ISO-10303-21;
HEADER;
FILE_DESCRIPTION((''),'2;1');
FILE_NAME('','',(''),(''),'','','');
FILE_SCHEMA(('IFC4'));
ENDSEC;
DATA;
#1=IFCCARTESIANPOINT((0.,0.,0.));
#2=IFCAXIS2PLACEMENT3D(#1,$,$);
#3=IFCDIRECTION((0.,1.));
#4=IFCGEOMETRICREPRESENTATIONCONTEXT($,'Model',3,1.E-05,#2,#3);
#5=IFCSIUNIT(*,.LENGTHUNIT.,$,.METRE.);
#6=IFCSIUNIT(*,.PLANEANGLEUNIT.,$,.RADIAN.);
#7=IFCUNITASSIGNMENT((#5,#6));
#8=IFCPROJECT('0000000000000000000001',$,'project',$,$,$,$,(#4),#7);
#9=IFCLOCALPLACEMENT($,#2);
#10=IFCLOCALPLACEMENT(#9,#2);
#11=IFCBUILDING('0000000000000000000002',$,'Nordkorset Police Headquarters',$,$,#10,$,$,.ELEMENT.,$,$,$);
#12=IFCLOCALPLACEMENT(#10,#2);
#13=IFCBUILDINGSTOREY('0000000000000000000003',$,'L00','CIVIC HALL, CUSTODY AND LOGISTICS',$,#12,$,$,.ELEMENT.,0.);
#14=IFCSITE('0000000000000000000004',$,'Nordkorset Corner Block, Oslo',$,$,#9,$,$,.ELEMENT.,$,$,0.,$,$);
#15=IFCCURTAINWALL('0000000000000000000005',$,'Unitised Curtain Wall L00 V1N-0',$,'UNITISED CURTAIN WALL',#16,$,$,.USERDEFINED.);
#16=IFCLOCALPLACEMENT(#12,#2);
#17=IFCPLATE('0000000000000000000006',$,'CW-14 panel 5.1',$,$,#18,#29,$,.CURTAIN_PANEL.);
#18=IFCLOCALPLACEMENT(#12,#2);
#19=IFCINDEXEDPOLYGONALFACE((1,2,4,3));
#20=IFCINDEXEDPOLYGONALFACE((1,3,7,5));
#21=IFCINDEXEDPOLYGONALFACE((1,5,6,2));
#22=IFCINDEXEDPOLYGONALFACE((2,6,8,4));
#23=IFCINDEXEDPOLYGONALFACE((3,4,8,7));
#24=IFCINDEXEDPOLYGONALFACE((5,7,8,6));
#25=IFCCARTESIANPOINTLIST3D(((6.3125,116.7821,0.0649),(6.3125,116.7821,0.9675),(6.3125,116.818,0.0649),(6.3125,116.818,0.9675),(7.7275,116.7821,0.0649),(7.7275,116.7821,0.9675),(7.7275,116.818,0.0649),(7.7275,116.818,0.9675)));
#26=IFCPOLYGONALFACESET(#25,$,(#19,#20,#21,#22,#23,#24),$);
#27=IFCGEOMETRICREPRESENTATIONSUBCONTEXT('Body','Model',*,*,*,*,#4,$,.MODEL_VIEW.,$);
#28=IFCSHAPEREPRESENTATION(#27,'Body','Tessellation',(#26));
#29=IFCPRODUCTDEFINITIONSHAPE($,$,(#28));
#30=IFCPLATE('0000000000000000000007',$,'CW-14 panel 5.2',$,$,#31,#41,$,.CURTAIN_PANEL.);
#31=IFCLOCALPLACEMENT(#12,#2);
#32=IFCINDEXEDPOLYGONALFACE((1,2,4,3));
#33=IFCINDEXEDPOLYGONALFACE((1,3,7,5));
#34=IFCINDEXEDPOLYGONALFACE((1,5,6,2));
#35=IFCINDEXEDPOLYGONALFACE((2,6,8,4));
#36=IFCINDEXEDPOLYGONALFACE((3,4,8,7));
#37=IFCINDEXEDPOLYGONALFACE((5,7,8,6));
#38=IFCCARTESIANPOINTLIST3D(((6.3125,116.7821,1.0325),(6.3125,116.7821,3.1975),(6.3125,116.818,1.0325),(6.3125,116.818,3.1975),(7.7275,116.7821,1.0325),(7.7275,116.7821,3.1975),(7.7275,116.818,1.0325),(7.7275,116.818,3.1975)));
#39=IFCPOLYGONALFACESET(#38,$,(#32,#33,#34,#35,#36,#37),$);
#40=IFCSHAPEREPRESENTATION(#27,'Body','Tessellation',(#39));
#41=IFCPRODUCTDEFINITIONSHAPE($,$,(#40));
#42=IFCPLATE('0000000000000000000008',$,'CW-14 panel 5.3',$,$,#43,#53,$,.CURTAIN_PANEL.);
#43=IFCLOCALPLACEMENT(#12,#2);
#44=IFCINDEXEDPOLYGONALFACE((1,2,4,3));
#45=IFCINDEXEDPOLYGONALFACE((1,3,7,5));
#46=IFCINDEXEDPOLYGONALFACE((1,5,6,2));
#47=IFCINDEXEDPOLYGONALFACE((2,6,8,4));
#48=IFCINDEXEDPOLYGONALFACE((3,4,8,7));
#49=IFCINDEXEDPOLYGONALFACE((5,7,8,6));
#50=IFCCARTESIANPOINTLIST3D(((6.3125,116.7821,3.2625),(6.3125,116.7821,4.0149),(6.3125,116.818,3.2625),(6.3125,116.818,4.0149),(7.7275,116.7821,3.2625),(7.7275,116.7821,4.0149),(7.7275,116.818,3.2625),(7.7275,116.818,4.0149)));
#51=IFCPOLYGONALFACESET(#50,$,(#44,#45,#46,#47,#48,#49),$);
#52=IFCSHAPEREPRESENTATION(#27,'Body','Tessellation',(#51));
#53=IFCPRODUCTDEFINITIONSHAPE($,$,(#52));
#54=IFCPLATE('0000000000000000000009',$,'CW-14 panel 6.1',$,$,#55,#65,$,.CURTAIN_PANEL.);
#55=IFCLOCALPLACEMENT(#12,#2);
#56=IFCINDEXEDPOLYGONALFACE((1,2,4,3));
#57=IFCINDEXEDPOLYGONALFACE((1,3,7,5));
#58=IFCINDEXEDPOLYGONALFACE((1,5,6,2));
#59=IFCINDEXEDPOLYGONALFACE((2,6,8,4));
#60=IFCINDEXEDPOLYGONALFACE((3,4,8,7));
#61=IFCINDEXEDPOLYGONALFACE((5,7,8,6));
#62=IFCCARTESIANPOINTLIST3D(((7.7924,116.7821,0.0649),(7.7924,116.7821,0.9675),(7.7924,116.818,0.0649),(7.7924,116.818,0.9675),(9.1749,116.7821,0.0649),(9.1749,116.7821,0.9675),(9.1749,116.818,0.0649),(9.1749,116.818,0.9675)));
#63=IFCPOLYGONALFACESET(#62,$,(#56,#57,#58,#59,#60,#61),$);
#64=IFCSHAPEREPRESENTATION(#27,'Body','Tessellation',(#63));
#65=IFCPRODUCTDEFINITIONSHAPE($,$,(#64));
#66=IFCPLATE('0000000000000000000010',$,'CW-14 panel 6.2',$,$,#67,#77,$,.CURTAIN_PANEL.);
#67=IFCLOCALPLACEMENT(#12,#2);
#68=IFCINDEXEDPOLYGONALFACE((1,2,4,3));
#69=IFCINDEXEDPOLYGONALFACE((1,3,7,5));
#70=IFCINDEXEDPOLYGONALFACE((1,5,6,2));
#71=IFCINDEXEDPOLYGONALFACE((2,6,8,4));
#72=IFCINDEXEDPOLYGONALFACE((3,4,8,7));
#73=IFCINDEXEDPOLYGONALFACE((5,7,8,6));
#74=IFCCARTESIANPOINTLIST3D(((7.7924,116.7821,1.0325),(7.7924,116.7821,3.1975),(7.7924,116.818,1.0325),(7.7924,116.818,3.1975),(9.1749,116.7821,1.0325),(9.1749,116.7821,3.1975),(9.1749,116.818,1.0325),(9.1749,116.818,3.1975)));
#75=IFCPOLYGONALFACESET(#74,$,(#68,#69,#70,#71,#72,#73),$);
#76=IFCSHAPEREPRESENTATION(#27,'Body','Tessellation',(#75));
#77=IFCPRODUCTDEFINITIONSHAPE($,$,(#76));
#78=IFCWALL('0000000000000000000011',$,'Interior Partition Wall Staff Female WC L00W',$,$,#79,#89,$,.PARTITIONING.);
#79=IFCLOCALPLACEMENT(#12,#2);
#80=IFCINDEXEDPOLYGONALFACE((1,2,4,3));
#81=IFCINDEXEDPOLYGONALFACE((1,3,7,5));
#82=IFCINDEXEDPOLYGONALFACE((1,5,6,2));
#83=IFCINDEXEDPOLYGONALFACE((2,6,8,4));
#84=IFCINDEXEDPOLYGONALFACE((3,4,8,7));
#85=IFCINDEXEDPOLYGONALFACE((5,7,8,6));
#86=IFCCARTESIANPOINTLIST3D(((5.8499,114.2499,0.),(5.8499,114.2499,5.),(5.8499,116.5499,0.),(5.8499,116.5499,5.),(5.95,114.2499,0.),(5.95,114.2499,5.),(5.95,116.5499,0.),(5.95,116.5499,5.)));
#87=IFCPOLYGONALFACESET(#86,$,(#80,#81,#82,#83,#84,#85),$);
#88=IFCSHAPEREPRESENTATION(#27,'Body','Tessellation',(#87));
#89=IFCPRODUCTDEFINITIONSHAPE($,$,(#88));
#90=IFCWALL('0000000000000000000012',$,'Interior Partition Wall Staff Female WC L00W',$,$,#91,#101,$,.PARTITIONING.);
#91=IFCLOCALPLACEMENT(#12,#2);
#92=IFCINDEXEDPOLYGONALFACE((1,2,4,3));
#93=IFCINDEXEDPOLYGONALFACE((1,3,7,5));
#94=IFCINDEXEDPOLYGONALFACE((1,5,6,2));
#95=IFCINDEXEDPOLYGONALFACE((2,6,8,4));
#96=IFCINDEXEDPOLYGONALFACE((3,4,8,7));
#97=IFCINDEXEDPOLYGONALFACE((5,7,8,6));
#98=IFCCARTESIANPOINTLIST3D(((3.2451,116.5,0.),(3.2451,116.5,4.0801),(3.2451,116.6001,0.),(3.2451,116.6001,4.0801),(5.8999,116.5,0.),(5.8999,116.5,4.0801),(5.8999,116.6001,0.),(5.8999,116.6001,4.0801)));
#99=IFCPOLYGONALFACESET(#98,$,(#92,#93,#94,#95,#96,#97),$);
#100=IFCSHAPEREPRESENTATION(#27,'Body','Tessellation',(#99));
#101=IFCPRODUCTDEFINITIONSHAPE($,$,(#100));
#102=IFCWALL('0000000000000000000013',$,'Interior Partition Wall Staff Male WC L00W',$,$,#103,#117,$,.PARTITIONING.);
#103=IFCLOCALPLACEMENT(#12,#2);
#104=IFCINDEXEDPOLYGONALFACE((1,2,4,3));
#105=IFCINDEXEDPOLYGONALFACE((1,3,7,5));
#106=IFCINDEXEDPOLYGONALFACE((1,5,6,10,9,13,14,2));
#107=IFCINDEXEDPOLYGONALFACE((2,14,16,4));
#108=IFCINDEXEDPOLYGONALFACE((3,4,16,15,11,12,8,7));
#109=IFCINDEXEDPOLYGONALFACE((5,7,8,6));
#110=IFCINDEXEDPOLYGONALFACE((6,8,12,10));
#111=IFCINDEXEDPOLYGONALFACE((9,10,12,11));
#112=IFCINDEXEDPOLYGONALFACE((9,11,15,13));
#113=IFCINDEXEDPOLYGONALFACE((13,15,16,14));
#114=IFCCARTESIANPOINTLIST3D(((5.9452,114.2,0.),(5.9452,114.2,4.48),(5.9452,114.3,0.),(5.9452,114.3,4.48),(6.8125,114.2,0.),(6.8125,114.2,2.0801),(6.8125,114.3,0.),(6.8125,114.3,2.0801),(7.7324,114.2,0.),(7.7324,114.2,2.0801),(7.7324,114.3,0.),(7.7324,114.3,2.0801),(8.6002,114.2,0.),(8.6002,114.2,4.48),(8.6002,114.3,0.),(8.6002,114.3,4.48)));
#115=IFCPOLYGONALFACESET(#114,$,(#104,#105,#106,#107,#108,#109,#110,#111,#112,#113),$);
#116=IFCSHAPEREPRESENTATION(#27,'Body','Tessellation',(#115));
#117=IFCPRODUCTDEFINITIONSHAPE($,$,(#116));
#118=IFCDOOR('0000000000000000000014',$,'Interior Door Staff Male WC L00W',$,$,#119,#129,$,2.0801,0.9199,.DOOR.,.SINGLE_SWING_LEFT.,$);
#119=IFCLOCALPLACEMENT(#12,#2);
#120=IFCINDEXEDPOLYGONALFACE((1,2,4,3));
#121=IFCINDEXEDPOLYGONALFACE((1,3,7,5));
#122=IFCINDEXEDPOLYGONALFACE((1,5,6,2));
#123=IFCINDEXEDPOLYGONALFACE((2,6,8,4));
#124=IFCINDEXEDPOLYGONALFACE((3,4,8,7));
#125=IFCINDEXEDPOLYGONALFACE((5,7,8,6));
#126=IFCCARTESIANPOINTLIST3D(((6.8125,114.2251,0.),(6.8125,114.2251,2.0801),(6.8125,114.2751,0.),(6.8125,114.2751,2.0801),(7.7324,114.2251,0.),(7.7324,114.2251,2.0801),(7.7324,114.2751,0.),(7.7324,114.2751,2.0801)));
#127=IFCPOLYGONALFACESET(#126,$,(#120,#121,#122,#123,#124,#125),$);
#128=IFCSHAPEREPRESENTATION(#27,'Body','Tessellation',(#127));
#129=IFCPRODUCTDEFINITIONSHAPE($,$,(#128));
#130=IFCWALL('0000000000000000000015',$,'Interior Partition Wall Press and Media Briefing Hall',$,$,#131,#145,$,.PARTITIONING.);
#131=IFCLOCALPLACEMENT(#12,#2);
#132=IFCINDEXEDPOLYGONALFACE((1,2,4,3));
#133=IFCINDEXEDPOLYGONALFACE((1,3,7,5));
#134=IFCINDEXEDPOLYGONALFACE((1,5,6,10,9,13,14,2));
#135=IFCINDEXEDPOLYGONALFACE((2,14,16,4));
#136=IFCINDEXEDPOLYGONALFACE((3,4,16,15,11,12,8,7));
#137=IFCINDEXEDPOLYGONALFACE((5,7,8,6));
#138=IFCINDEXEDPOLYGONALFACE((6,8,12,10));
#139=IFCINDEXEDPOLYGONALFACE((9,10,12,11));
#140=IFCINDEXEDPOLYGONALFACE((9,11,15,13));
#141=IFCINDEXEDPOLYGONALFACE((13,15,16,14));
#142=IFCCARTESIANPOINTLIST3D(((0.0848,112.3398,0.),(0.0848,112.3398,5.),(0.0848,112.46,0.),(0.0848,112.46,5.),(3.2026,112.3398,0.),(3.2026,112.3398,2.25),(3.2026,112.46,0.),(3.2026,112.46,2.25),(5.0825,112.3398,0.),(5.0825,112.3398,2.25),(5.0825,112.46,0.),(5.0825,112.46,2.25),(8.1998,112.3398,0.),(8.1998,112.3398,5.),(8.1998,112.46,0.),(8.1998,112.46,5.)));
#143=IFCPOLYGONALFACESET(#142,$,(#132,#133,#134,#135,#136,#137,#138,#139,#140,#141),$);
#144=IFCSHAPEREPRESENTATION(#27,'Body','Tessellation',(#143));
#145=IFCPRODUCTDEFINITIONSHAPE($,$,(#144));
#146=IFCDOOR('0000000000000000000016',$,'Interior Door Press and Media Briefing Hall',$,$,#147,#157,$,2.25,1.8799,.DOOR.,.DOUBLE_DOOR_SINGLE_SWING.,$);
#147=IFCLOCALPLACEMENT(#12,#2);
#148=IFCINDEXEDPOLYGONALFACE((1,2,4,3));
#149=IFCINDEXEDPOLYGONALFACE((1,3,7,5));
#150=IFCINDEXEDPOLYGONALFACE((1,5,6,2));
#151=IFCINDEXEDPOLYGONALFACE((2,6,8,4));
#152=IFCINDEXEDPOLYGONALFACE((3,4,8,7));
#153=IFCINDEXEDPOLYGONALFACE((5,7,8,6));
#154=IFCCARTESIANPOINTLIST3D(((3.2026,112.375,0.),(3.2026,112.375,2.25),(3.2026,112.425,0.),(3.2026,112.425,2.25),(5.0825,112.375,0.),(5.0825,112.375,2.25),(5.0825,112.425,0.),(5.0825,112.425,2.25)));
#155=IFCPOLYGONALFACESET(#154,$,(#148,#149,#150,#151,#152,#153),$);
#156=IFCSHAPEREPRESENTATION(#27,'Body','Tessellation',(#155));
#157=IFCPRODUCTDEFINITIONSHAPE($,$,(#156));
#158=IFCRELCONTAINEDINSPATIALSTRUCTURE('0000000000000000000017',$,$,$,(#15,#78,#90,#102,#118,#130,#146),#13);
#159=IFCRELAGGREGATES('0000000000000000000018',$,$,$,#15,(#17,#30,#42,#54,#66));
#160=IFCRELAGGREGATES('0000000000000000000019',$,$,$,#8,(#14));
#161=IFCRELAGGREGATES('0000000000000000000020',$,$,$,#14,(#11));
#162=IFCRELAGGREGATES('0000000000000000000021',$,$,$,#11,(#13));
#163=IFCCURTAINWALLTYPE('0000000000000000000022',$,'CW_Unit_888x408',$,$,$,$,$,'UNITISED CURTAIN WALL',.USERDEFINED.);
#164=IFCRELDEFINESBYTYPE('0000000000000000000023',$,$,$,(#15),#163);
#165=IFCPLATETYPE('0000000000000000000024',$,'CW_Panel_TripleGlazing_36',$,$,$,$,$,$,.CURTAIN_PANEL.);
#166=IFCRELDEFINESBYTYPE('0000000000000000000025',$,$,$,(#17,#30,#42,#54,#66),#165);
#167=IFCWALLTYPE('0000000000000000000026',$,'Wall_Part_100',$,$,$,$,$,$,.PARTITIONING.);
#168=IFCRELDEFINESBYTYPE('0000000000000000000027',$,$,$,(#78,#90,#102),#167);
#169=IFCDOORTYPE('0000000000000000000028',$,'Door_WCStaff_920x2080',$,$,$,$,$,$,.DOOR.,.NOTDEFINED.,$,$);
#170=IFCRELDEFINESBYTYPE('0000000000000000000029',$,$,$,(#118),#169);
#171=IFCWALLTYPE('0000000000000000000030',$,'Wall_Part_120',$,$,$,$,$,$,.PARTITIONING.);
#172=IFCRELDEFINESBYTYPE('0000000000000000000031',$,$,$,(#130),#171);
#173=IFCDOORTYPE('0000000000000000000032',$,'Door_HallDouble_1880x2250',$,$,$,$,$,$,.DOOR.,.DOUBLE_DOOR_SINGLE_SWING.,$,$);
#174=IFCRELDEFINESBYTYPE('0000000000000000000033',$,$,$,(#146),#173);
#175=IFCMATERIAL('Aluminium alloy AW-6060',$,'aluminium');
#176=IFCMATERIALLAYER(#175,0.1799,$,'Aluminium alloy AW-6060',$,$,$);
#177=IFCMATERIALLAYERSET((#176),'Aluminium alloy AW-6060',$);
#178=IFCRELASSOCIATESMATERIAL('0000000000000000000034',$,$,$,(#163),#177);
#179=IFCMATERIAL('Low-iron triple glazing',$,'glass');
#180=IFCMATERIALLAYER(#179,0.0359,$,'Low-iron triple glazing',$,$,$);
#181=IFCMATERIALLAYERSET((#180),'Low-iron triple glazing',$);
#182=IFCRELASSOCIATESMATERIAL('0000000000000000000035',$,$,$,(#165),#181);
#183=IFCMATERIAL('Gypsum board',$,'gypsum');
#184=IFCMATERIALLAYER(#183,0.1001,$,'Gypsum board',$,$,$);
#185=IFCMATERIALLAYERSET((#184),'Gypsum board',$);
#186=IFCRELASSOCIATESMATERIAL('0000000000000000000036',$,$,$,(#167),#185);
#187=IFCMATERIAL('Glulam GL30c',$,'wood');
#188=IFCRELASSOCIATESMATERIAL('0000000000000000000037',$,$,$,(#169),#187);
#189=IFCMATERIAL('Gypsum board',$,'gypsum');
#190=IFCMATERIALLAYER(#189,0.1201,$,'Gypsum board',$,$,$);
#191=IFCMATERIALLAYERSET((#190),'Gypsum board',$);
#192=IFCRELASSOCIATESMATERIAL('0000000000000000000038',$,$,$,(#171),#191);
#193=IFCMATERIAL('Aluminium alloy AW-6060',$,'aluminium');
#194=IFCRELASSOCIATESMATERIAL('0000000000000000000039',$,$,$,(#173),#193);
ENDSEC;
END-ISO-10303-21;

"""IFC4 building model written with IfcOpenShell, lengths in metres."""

from ifc_helpers import new_model, si_unit, direction, frame, frame_2d, origin, origin_2d, place, context, subcontext, project, spatial, rectangle, extrude, material, layer, layer_set, type_object, element, fill, aggregate, save


model = new_model("IFC4")

# Units and contexts
model_context = context("Model", 3, precision=1e-05, world=origin(), true_north=direction((0.0, 1.0)))
body_context = subcontext(model_context, "Body", "Model", "MODEL_VIEW")
ifc_project = project(units=[si_unit("LENGTHUNIT", "METRE"), si_unit("PLANEANGLEUNIT", "RADIAN")], contexts=[model_context])

# Site, building, storey
site_placement = place(None, origin())
site = spatial("IfcSite", under=ifc_project, at=site_placement, Name="Nordkorset Corner Block, Oslo", CompositionType="ELEMENT", RefElevation=0.0)
building_placement = place(site_placement, origin())
building = spatial("IfcBuilding", under=site, at=building_placement, Name="Nordkorset Police Headquarters", CompositionType="ELEMENT")
storey_placement = place(building_placement, origin())
storey = spatial("IfcBuildingStorey", under=building, at=storey_placement, Name="L00", Description="CIVIC HALL, CUSTODY AND LOGISTICS", CompositionType="ELEMENT", Elevation=0.0)

# Curtain wall
ifc_material_1 = material(Name="Aluminium alloy AW-6060", Category="aluminium")
ifc_layer_1 = layer(ifc_material_1, 0.1799, Name="Aluminium alloy AW-6060")
ifc_layer_set_1 = layer_set([ifc_layer_1], Name="Aluminium alloy AW-6060")
curtain_wall_type = type_object("IfcCurtainWallType", Name="CW_Unit_888x408", ElementType="UNITISED CURTAIN WALL", PredefinedType="USERDEFINED", material=ifc_layer_set_1)
curtain_wall_placement = place(storey_placement, origin())
curtain_wall = element("IfcCurtainWall", 1, at=curtain_wall_placement, inside=storey, type_object=curtain_wall_type, Name="Unitised Curtain Wall L00 V1N-0", ObjectType="UNITISED CURTAIN WALL", PredefinedType="USERDEFINED")

# Plates
ifc_material_2 = material(Name="Low-iron triple glazing", Category="glass")
ifc_layer_2 = layer(ifc_material_2, 0.0359, Name="Low-iron triple glazing")
ifc_layer_set_2 = layer_set([ifc_layer_2], Name="Low-iron triple glazing")
plate_type = type_object("IfcPlateType", Name="CW_Panel_TripleGlazing_36", PredefinedType="CURTAIN_PANEL", material=ifc_layer_set_2)
plate_1_placement = place(storey_placement, frame((7.02, 116.8, 0.0649), z_axis=(0.0, 0.0, 1.0), x_axis=(1.0, 0.0, 0.0)))
plate_1 = element("IfcPlate", 2, at=plate_1_placement, type_object=plate_type, Name="CW-14 panel 5.1", PredefinedType="CURTAIN_PANEL", context=body_context, shape_type="SweptSolid", body=[
    extrude(rectangle(XDim=1.415, YDim=0.0359, at=origin_2d()), origin(), (0.0, 0.0, 1.0), 0.9026),
])
plate_2_placement = place(storey_placement, frame((7.02, 116.8, 1.0325), z_axis=(0.0, 0.0, 1.0), x_axis=(1.0, 0.0, 0.0)))
plate_2 = element("IfcPlate", 3, at=plate_2_placement, type_object=plate_type, Name="CW-14 panel 5.2", PredefinedType="CURTAIN_PANEL", context=body_context, shape_type="SweptSolid", body=[
    extrude(rectangle(XDim=1.415, YDim=0.0359, at=origin_2d()), origin(), (0.0, 0.0, 1.0), 2.165),
])
plate_3_placement = place(storey_placement, frame((7.02, 116.8, 3.2625), z_axis=(0.0, 0.0, 1.0), x_axis=(1.0, 0.0, 0.0)))
plate_3 = element("IfcPlate", 4, at=plate_3_placement, type_object=plate_type, Name="CW-14 panel 5.3", PredefinedType="CURTAIN_PANEL", context=body_context, shape_type="SweptSolid", body=[
    extrude(rectangle(XDim=1.415, YDim=0.0359, at=origin_2d()), origin(), (0.0, 0.0, 1.0), 0.7524),
])
plate_4_placement = place(storey_placement, frame((8.4836, 116.8, 0.0649), z_axis=(0.0, 0.0, 1.0), x_axis=(1.0, 0.0, 0.0)))
plate_4 = element("IfcPlate", 5, at=plate_4_placement, type_object=plate_type, Name="CW-14 panel 6.1", PredefinedType="CURTAIN_PANEL", context=body_context, shape_type="SweptSolid", body=[
    extrude(rectangle(XDim=1.3826, YDim=0.0359, at=origin_2d()), origin(), (0.0, 0.0, 1.0), 0.9026),
])
plate_5_placement = place(storey_placement, frame((8.4836, 116.8, 1.0325), z_axis=(0.0, 0.0, 1.0), x_axis=(1.0, 0.0, 0.0)))
plate_5 = element("IfcPlate", 6, at=plate_5_placement, type_object=plate_type, Name="CW-14 panel 6.2", PredefinedType="CURTAIN_PANEL", context=body_context, shape_type="SweptSolid", body=[
    extrude(rectangle(XDim=1.3826, YDim=0.0359, at=origin_2d()), origin(), (0.0, 0.0, 1.0), 2.165),
])
aggregate(curtain_wall, [plate_1, plate_2, plate_3, plate_4, plate_5])

# Walls
ifc_material_3 = material(Name="Gypsum board", Category="gypsum")
ifc_layer_3 = layer(ifc_material_3, 0.1001, Name="Gypsum board")
ifc_layer_set_3 = layer_set([ifc_layer_3], Name="Gypsum board")
wall_type_1 = type_object("IfcWallType", Name="Wall_Part_100", PredefinedType="PARTITIONING", material=ifc_layer_set_3)
wall_1_placement = place(storey_placement, frame((5.8999, 114.25, 0.0), z_axis=(0.0, 0.0, 1.0), x_axis=(0.0, 1.0, 0.0)))
element("IfcWall", 7, at=wall_1_placement, inside=storey, type_object=wall_type_1, Name="Interior Partition Wall Staff Female WC L00W", PredefinedType="PARTITIONING", context=body_context, shape_type="SweptSolid", body=[
    extrude(rectangle(XDim=2.3, YDim=0.1001, at=frame_2d((1.1499, 0.0))), origin(), (0.0, 0.0, 1.0), 5.0),
])
wall_2_placement = place(storey_placement, frame((5.8999, 116.55, 0.0), z_axis=(0.0, 0.0, 1.0), x_axis=(-1.0, 0.0, 0.0)))
element("IfcWall", 8, at=wall_2_placement, inside=storey, type_object=wall_type_1, Name="Interior Partition Wall Staff Female WC L00W", PredefinedType="PARTITIONING", context=body_context, shape_type="SweptSolid", body=[
    extrude(rectangle(XDim=2.6548, YDim=0.1001, at=frame_2d((1.3274, 0.0))), origin(), (0.0, 0.0, 1.0), 4.0801),
])

# Walls, openings, doors
wall_3_placement = place(storey_placement, frame((5.9451, 114.25, 0.0), z_axis=(0.0, 0.0, 1.0), x_axis=(1.0, 0.0, 0.0)))
wall_3 = element("IfcWall", 9, at=wall_3_placement, inside=storey, type_object=wall_type_1, Name="Interior Partition Wall Staff Male WC L00W", PredefinedType="PARTITIONING", context=body_context, shape_type="SweptSolid", body=[
    extrude(rectangle(XDim=2.655, YDim=0.1001, at=frame_2d((1.3276, 0.0))), origin(), (0.0, 0.0, 1.0), 4.48),
])
opening_1_placement = place(wall_3_placement, frame((0.8674, 0.0, 0.0)))
opening_1 = element("IfcOpeningElement", 10, at=opening_1_placement, cuts=wall_3, PredefinedType="OPENING", context=body_context, shape_type="SweptSolid", body=[
    extrude(rectangle(XDim=0.9199, YDim=2.0801, at=frame_2d((0.46, 1.04))), frame((0.0, 0.0601, 0.0), z_axis=(0.0, -1.0, 0.0), x_axis=(1.0, 0.0, 0.0)), (0.0, 0.0, 1.0), 0.1201),
])
ifc_material_4 = material(Name="Glulam GL30c", Category="wood")
door_type_1 = type_object("IfcDoorType", Name="Door_WCStaff_920x2080", OperationType="NOTDEFINED", PredefinedType="DOOR", material=ifc_material_4)
door_1_placement = place(opening_1_placement, frame((0.9199, 0.0, 0.0), z_axis=(0.0, 0.0, 1.0), x_axis=(-1.0, 0.0, 0.0)))
door_1 = element("IfcDoor", 11, at=door_1_placement, inside=storey, type_object=door_type_1, Name="Interior Door Staff Male WC L00W", OperationType="SINGLE_SWING_LEFT", OverallHeight=2.0801, OverallWidth=0.9199, PredefinedType="DOOR", context=body_context, shape_type="SweptSolid", body=[
    extrude(rectangle(XDim=0.9199, YDim=2.0801, at=frame_2d((0.46, 1.04))), frame((0.0, 0.0249, 0.0), z_axis=(0.0, -1.0, 0.0), x_axis=(1.0, 0.0, 0.0)), (0.0, 0.0, 1.0), 0.05),
])
fill(opening_1, door_1)
ifc_material_5 = material(Name="Gypsum board", Category="gypsum")
ifc_layer_4 = layer(ifc_material_5, 0.1201, Name="Gypsum board")
ifc_layer_set_4 = layer_set([ifc_layer_4], Name="Gypsum board")
wall_type_2 = type_object("IfcWallType", Name="Wall_Part_120", PredefinedType="PARTITIONING", material=ifc_layer_set_4)
wall_4_placement = place(storey_placement, frame((8.2, 112.3999, 0.0), z_axis=(0.0, 0.0, 1.0), x_axis=(-1.0, 0.0, 0.0)))
wall_4 = element("IfcWall", 12, at=wall_4_placement, inside=storey, type_object=wall_type_2, Name="Interior Partition Wall Press and Media Briefing Hall", PredefinedType="PARTITIONING", context=body_context, shape_type="SweptSolid", body=[
    extrude(rectangle(XDim=8.115, YDim=0.1201, at=frame_2d((4.0576, 0.0))), origin(), (0.0, 0.0, 1.0), 5.0),
])
opening_2_placement = place(wall_4_placement, frame((3.1174, 0.0, 0.0)))
opening_2 = element("IfcOpeningElement", 13, at=opening_2_placement, cuts=wall_4, PredefinedType="OPENING", context=body_context, shape_type="SweptSolid", body=[
    extrude(rectangle(XDim=1.8799, YDim=2.25, at=frame_2d((0.9399, 1.125))), frame((0.0, 0.0701, 0.0), z_axis=(0.0, -1.0, 0.0), x_axis=(1.0, 0.0, 0.0)), (0.0, 0.0, 1.0), 0.1401),
])
ifc_material_6 = material(Name="Aluminium alloy AW-6060", Category="aluminium")
door_type_2 = type_object("IfcDoorType", Name="Door_HallDouble_1880x2250", OperationType="DOUBLE_DOOR_SINGLE_SWING", PredefinedType="DOOR", material=ifc_material_6)
door_2_placement = place(opening_2_placement, origin())
door_2 = element("IfcDoor", 14, at=door_2_placement, inside=storey, type_object=door_type_2, Name="Interior Door Press and Media Briefing Hall", OperationType="DOUBLE_DOOR_SINGLE_SWING", OverallHeight=2.25, OverallWidth=1.8799, PredefinedType="DOOR", context=body_context, shape_type="SweptSolid", body=[
    extrude(rectangle(XDim=1.8799, YDim=2.25, at=frame_2d((0.9399, 1.125))), frame((0.0, 0.0249, 0.0), z_axis=(0.0, -1.0, 0.0), x_axis=(1.0, 0.0, 0.0)), (0.0, 0.0, 1.0), 0.05),
])
fill(opening_2, door_2)

save(model, "model.ifc")
